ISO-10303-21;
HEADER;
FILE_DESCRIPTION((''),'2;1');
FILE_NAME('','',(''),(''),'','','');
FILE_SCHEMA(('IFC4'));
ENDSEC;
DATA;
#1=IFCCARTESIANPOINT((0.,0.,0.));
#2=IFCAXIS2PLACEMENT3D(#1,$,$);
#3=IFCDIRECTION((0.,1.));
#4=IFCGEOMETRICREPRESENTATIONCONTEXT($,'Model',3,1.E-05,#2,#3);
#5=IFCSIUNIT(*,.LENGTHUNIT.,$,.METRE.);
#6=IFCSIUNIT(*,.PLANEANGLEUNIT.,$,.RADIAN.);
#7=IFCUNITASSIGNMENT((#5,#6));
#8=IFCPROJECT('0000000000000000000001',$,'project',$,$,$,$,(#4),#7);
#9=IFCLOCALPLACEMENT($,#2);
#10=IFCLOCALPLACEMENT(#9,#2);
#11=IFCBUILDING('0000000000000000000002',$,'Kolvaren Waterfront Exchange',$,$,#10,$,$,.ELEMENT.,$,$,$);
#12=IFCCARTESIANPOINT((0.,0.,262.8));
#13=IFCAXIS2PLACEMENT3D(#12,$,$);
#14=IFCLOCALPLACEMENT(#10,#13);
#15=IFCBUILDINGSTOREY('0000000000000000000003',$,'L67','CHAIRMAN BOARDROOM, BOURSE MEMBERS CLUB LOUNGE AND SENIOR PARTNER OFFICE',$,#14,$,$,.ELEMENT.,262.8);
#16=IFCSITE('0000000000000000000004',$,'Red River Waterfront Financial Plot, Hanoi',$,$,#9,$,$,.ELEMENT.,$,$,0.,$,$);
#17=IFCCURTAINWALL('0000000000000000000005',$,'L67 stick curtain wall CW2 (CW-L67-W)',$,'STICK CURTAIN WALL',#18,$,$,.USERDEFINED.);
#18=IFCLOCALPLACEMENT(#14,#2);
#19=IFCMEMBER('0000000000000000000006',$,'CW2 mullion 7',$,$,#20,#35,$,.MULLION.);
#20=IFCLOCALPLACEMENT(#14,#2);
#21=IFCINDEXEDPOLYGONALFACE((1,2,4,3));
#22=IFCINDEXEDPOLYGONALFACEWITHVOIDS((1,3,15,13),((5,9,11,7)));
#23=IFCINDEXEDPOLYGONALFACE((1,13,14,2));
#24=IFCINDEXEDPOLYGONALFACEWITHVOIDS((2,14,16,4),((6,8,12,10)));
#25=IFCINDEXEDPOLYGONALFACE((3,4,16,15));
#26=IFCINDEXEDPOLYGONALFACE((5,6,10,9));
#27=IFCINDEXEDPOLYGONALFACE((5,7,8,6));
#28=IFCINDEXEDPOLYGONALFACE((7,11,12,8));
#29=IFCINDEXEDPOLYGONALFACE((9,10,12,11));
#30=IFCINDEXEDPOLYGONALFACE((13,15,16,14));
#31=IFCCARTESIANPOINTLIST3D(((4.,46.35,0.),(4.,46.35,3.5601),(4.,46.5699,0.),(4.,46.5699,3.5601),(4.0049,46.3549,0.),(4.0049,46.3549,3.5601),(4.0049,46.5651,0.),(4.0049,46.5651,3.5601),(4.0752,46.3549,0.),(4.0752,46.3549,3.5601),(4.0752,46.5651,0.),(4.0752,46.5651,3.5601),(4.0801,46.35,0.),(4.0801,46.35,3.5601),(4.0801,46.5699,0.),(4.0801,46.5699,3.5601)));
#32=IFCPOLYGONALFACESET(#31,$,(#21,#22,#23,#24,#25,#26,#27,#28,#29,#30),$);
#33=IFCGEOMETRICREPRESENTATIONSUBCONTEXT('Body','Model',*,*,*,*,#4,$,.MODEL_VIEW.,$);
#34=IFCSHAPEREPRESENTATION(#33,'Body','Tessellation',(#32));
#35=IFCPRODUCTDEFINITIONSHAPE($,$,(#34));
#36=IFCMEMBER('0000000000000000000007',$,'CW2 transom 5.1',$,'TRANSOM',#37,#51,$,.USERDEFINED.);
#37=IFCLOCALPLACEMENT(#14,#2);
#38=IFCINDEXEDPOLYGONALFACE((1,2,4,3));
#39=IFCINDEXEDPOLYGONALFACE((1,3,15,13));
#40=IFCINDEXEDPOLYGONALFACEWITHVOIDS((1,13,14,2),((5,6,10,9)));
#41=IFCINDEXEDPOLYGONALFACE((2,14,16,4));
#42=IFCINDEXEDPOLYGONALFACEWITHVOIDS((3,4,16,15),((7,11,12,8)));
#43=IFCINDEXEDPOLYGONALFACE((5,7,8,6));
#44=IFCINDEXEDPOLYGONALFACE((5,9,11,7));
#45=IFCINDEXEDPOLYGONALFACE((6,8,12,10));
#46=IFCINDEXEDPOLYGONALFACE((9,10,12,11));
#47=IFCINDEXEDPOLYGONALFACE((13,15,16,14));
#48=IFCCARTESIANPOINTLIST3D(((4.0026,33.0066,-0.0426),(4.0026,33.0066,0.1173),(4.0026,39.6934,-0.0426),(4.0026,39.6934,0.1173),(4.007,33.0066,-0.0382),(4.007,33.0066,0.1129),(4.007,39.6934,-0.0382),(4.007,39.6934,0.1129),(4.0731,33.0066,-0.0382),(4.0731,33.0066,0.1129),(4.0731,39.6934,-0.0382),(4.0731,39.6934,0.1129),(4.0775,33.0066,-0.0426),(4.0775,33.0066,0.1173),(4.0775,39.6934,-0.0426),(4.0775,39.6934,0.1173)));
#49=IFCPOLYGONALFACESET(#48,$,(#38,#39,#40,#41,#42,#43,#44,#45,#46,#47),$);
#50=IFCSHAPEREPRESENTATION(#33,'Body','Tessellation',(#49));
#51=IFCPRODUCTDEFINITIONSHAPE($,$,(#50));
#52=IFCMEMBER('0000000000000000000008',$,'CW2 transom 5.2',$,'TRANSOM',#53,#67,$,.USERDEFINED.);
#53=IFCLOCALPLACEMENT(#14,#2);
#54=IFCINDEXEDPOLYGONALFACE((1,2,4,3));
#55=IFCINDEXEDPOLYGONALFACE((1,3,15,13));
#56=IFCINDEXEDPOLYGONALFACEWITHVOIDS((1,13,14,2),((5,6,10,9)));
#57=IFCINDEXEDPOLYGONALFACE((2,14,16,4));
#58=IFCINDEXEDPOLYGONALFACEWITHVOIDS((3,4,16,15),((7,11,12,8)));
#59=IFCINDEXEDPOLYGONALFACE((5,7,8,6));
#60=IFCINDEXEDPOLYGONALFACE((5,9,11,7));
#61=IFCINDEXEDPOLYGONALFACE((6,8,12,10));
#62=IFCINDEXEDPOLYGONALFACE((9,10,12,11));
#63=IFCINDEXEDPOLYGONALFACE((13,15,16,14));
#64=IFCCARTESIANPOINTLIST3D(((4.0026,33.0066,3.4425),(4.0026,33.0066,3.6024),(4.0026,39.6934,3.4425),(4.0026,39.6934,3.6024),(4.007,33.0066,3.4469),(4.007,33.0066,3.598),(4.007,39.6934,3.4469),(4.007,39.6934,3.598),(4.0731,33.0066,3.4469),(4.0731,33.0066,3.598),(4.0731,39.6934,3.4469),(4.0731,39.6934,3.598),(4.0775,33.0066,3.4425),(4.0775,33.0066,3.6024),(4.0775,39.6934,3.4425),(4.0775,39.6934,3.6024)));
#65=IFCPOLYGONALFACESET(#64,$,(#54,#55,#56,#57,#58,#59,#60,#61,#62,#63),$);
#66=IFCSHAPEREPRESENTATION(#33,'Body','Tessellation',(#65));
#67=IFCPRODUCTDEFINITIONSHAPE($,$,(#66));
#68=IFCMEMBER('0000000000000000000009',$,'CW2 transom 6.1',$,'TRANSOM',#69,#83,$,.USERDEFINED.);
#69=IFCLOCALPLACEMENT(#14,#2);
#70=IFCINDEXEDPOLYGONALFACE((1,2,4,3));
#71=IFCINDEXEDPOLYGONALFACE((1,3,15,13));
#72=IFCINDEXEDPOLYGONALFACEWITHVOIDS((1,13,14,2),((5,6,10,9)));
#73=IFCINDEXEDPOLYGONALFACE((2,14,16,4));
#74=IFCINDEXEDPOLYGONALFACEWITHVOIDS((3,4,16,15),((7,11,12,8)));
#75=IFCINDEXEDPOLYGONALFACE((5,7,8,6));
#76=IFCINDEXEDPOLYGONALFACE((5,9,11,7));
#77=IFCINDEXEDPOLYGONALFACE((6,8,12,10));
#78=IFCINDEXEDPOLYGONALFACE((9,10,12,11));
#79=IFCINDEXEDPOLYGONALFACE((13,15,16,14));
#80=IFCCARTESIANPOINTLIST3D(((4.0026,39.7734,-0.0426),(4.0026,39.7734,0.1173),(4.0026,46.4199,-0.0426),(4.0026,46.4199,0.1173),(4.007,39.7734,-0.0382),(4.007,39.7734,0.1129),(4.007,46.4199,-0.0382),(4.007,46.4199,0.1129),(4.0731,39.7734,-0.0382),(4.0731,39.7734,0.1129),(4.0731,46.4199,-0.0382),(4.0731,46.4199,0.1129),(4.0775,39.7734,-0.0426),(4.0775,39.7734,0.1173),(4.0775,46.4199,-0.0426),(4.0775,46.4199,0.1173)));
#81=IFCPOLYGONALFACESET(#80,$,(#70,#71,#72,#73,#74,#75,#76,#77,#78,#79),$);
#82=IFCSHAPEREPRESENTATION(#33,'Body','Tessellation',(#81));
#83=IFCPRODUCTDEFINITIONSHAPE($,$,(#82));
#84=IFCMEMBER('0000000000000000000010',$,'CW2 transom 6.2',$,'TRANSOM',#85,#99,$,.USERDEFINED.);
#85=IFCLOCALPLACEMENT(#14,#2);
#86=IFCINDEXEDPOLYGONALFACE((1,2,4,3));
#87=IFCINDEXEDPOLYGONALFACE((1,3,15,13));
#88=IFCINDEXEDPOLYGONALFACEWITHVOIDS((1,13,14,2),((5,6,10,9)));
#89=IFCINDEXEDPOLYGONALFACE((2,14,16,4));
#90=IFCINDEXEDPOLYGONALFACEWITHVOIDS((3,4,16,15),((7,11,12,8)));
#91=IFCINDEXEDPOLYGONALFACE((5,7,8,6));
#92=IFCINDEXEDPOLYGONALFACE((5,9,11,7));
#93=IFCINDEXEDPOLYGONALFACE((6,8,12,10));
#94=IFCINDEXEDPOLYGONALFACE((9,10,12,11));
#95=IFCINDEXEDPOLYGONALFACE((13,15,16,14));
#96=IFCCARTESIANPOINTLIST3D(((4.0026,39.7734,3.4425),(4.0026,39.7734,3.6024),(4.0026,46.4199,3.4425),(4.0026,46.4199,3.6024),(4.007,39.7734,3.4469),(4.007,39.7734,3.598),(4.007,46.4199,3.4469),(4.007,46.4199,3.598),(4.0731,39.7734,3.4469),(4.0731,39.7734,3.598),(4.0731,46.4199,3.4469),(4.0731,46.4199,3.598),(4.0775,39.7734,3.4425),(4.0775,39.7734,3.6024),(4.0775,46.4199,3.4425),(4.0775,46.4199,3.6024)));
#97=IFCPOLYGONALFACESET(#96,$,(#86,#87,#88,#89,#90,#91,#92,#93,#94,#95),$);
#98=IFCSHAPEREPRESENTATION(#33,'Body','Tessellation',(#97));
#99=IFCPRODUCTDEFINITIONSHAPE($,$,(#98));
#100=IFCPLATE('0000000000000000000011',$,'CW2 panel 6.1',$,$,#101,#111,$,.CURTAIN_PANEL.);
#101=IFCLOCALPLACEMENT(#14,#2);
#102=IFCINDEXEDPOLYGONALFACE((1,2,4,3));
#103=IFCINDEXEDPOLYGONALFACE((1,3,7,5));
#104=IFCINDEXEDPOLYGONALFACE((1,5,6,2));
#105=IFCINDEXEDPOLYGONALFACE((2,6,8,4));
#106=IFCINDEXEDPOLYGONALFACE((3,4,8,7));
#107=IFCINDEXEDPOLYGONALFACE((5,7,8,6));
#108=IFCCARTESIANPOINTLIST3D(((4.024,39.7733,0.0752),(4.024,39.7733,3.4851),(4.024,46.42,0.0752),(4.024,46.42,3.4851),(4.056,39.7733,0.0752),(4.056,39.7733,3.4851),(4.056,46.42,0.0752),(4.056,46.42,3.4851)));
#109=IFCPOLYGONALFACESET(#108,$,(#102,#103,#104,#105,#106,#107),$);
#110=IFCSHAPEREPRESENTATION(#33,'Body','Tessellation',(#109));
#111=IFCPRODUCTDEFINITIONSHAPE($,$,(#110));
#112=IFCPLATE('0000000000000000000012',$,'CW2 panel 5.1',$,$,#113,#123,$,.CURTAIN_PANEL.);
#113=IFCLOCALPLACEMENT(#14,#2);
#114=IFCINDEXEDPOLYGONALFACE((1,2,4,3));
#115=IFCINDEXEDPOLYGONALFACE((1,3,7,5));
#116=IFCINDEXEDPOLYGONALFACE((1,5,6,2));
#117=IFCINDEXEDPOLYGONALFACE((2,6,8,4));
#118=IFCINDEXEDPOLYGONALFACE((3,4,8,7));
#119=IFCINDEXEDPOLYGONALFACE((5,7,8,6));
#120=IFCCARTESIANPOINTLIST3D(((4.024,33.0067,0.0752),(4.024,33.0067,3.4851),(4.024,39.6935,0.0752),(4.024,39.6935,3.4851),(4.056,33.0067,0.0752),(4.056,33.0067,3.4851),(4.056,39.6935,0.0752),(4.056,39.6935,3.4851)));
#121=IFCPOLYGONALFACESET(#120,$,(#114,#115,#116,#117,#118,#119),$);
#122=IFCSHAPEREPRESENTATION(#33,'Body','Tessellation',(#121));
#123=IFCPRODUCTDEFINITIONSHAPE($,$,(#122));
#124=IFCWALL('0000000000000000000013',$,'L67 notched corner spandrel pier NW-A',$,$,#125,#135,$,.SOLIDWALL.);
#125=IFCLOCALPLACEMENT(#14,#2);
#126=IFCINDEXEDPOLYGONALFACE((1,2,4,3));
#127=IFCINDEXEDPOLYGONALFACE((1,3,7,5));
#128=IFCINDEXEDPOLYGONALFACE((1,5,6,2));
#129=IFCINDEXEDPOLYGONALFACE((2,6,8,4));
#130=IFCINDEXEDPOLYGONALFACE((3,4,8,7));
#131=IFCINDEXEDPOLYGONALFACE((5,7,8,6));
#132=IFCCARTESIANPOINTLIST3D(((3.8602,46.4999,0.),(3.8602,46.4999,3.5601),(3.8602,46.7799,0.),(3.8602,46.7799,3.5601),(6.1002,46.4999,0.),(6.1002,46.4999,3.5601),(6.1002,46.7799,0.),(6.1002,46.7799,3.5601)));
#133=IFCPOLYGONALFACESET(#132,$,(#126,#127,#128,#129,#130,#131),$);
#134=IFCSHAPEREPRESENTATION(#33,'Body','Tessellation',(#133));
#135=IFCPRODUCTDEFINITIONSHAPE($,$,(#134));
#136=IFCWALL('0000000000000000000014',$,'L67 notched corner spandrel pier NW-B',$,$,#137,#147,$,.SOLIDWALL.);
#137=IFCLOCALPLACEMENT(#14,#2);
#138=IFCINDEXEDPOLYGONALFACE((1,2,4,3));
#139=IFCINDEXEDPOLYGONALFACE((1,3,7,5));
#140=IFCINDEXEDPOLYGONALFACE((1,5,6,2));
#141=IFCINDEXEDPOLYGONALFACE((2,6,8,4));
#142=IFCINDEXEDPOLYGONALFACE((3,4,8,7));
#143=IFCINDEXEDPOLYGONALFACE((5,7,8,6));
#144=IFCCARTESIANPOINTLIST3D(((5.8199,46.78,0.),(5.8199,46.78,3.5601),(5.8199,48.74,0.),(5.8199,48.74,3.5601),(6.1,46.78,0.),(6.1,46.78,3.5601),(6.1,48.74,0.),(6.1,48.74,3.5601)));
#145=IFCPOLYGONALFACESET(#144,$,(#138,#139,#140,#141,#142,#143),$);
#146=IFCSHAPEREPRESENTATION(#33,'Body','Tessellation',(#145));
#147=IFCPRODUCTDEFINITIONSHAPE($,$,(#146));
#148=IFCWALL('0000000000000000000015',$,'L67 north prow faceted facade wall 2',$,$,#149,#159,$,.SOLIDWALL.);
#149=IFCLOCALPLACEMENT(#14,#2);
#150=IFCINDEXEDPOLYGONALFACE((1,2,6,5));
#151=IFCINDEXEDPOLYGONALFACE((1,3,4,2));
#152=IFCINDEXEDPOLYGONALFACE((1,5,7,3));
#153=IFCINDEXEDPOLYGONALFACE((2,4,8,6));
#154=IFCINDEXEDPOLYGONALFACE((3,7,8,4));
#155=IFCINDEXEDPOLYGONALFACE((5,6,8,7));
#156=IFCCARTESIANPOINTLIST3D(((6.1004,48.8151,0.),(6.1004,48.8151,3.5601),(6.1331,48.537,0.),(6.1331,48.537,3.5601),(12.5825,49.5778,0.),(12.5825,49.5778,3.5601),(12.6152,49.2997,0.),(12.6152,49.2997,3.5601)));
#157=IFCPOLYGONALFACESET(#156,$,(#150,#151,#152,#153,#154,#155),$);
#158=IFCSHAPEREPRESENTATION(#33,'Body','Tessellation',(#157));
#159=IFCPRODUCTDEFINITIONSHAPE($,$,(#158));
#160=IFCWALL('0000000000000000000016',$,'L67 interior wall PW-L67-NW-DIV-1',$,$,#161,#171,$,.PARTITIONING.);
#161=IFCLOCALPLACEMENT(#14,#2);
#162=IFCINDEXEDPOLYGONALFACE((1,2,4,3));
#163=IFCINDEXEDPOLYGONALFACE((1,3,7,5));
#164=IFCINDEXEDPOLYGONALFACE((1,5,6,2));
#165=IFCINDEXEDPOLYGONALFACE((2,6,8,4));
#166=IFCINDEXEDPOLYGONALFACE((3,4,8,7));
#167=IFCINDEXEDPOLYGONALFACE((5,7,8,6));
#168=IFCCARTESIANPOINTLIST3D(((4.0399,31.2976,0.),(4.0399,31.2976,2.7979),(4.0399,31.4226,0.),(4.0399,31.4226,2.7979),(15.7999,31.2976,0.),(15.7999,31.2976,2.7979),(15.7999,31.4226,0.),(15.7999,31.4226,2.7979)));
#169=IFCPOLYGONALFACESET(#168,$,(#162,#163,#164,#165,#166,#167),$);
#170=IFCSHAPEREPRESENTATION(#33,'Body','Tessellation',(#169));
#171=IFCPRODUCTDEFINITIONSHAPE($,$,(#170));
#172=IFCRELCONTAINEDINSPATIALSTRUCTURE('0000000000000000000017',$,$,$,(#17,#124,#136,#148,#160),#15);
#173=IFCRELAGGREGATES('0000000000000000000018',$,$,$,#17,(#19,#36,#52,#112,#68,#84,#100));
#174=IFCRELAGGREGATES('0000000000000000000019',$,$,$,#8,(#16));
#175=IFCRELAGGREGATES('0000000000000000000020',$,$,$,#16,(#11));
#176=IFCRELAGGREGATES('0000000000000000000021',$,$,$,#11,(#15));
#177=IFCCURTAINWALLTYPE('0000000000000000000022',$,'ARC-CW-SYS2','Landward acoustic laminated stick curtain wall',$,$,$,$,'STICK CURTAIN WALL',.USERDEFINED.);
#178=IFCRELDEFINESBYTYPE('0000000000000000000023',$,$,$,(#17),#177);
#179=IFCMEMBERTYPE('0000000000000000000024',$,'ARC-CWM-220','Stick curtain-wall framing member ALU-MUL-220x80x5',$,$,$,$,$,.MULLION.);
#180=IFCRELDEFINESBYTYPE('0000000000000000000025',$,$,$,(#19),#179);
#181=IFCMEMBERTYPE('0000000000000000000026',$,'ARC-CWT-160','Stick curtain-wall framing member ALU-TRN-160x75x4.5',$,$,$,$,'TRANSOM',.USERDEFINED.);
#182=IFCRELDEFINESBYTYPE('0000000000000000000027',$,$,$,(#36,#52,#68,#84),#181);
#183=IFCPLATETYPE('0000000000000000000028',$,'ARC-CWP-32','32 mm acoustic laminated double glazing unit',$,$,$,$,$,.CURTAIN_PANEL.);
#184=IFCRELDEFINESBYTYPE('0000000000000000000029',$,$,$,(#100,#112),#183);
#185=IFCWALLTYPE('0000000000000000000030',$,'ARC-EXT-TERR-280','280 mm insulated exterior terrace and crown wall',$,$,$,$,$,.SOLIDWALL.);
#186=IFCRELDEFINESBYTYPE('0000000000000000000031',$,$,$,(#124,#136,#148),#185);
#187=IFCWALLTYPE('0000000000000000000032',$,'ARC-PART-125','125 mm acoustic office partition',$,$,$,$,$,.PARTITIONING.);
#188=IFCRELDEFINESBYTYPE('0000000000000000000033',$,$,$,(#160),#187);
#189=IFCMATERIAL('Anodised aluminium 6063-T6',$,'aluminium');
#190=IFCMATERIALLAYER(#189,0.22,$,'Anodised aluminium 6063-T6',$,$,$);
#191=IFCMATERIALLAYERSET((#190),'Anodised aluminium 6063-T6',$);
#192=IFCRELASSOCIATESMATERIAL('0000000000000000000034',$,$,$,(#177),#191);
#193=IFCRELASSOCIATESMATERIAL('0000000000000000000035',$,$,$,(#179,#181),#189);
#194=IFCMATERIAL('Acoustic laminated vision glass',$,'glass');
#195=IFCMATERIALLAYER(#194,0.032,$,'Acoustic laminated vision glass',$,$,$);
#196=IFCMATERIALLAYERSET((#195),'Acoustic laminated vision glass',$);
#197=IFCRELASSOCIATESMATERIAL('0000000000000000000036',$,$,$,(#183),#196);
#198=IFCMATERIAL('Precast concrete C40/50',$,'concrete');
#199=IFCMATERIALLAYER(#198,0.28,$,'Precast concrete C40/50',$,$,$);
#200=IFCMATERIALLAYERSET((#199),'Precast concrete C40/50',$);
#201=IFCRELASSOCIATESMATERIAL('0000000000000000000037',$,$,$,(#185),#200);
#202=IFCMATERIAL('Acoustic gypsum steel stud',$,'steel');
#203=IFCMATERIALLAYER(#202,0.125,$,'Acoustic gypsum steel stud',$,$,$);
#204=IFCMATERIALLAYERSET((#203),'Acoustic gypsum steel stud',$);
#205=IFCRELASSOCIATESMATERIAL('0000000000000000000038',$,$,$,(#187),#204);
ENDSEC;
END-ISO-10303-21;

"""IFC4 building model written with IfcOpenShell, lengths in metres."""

from ifc_helpers import new_model, si_unit, direction, frame, frame_2d, origin, origin_with_axes, origin_2d, place, context, subcontext, project, spatial, rectangle, hollow_rectangle, extrude, source, transform, mapped, material, layer, layer_set, material_profile, profile_set, type_object, element, aggregate, save


model = new_model("IFC4")

# Units and contexts
model_context = context("Model", 3, precision=1e-05, world=origin(), true_north=direction((0.0, 1.0)))
body_context = subcontext(model_context, "Body", "Model", "MODEL_VIEW")
ifc_project = project(units=[si_unit("LENGTHUNIT", "METRE"), si_unit("PLANEANGLEUNIT", "RADIAN")], contexts=[model_context])

# Site, building, storey
site_placement = place(None, origin())
site = spatial("IfcSite", under=ifc_project, at=site_placement, Name="Red River Waterfront Financial Plot, Hanoi", CompositionType="ELEMENT", RefElevation=0.0)
building_placement = place(site_placement, origin())
building = spatial("IfcBuilding", under=site, at=building_placement, Name="Kolvaren Waterfront Exchange", CompositionType="ELEMENT")
storey_placement = place(building_placement, frame((0.0, 0.0, 262.8)))
storey = spatial("IfcBuildingStorey", under=building, at=storey_placement, Name="L67", Description="CHAIRMAN BOARDROOM, BOURSE MEMBERS CLUB LOUNGE AND SENIOR PARTNER OFFICE", CompositionType="ELEMENT", Elevation=262.8)

# Curtain wall, members, plates
ifc_material_1 = material(Name="Anodised aluminium 6063-T6", Category="aluminium")
ifc_layer_1 = layer(ifc_material_1, 0.22, Name="Anodised aluminium 6063-T6")
ifc_layer_set_1 = layer_set([ifc_layer_1], Name="Anodised aluminium 6063-T6")
curtain_wall_type = type_object("IfcCurtainWallType", Name="ARC-CW-SYS2", Description="Landward acoustic laminated stick curtain wall", ElementType="STICK CURTAIN WALL", PredefinedType="USERDEFINED", material=ifc_layer_set_1)
curtain_wall_placement = place(storey_placement, origin())
curtain_wall = element("IfcCurtainWall", 1, at=curtain_wall_placement, inside=storey, type_object=curtain_wall_type, Name="L67 stick curtain wall CW2 (CW-L67-W)", ObjectType="STICK CURTAIN WALL", PredefinedType="USERDEFINED")
ifc_material_profile_1 = material_profile(ifc_material_1, hollow_rectangle(XDim=0.0801, YDim=0.22, WallThickness=0.0049, at=origin_2d()), Name="ALU-MUL-220x80x5")
ifc_profile_set_1 = profile_set([ifc_material_profile_1], Name="Anodised aluminium 6063-T6")
member_type_1 = type_object("IfcMemberType", Name="ARC-CWM-220", Description="Stick curtain-wall framing member ALU-MUL-220x80x5", PredefinedType="MULLION", material=ifc_profile_set_1)
shared_shape_1 = source(origin_with_axes(), body_context, "Body", "SweptSolid", [
    extrude(hollow_rectangle(XDim=0.0801, YDim=0.22, WallThickness=0.0049, at=origin_2d()), origin(), (0.0, 0.0, 1.0), 3.5601),
])
member_1_placement = place(storey_placement, frame((4.04, 46.46, 0.0), z_axis=(0.0, 0.0, 1.0), x_axis=(-1.0, 0.0, 0.0)))
member_1 = element("IfcMember", 2, at=member_1_placement, type_object=member_type_1, Name="CW2 mullion 7", PredefinedType="MULLION", context=body_context, shape_type="MappedRepresentation", body=[
    mapped(shared_shape_1, transform((0.0, 0.0, 0.0), x_axis=(1.0, 0.0, 0.0), y_axis=(0.0, 1.0, 0.0), z_axis=(0.0, 0.0, 1.0), scale=1.0)),
])
ifc_material_profile_2 = material_profile(ifc_material_1, hollow_rectangle(XDim=0.075, YDim=0.1599, WallThickness=0.0044, at=origin_2d()), Name="ALU-TRN-160x75x4.5")
ifc_profile_set_2 = profile_set([ifc_material_profile_2], Name="Anodised aluminium 6063-T6")
member_type_2 = type_object("IfcMemberType", Name="ARC-CWT-160", Description="Stick curtain-wall framing member ALU-TRN-160x75x4.5", ElementType="TRANSOM", PredefinedType="USERDEFINED", material=ifc_profile_set_2)
shared_shape_2 = source(origin_with_axes(), body_context, "Body", "SweptSolid", [
    extrude(hollow_rectangle(XDim=0.075, YDim=0.1599, WallThickness=0.0044, at=origin_2d()), origin(), (0.0, 0.0, 1.0), 6.6868),
])
member_2_placement = place(storey_placement, frame((4.04, 33.0066, 0.0374), z_axis=(0.0, 1.0, 0.0), x_axis=(-1.0, 0.0, 0.0)))
member_2 = element("IfcMember", 3, at=member_2_placement, type_object=member_type_2, Name="CW2 transom 5.1", ObjectType="TRANSOM", PredefinedType="USERDEFINED", context=body_context, shape_type="MappedRepresentation", body=[
    mapped(shared_shape_2, transform((0.0, 0.0, 0.0), x_axis=(1.0, 0.0, 0.0), y_axis=(0.0, 1.0, 0.0), z_axis=(0.0, 0.0, 1.0), scale=1.0)),
])
member_3_placement = place(storey_placement, frame((4.04, 33.0066, 3.5225), z_axis=(0.0, 1.0, 0.0), x_axis=(-1.0, 0.0, 0.0)))
member_3 = element("IfcMember", 4, at=member_3_placement, type_object=member_type_2, Name="CW2 transom 5.2", ObjectType="TRANSOM", PredefinedType="USERDEFINED", context=body_context, shape_type="MappedRepresentation", body=[
    mapped(shared_shape_2, transform((0.0, 0.0, 0.0), x_axis=(1.0, 0.0, 0.0), y_axis=(0.0, 1.0, 0.0), z_axis=(0.0, 0.0, 1.0), scale=1.0)),
])
shared_shape_3 = source(origin_with_axes(), body_context, "Body", "SweptSolid", [
    extrude(hollow_rectangle(XDim=0.075, YDim=0.1599, WallThickness=0.0044, at=origin_2d()), origin(), (0.0, 0.0, 1.0), 6.6465),
])
member_4_placement = place(storey_placement, frame((4.04, 39.7734, 0.0374), z_axis=(0.0, 1.0, 0.0), x_axis=(-1.0, 0.0, 0.0)))
member_4 = element("IfcMember", 5, at=member_4_placement, type_object=member_type_2, Name="CW2 transom 6.1", ObjectType="TRANSOM", PredefinedType="USERDEFINED", context=body_context, shape_type="MappedRepresentation", body=[
    mapped(shared_shape_3, transform((0.0, 0.0, 0.0), x_axis=(1.0, 0.0, 0.0), y_axis=(0.0, 1.0, 0.0), z_axis=(0.0, 0.0, 1.0), scale=1.0)),
])
member_5_placement = place(storey_placement, frame((4.04, 39.7734, 3.5225), z_axis=(0.0, 1.0, 0.0), x_axis=(-1.0, 0.0, 0.0)))
member_5 = element("IfcMember", 6, at=member_5_placement, type_object=member_type_2, Name="CW2 transom 6.2", ObjectType="TRANSOM", PredefinedType="USERDEFINED", context=body_context, shape_type="MappedRepresentation", body=[
    mapped(shared_shape_3, transform((0.0, 0.0, 0.0), x_axis=(1.0, 0.0, 0.0), y_axis=(0.0, 1.0, 0.0), z_axis=(0.0, 0.0, 1.0), scale=1.0)),
])
ifc_material_2 = material(Name="Acoustic laminated vision glass", Category="glass")
ifc_layer_2 = layer(ifc_material_2, 0.032, Name="Acoustic laminated vision glass")
ifc_layer_set_2 = layer_set([ifc_layer_2], Name="Acoustic laminated vision glass")
plate_type = type_object("IfcPlateType", Name="ARC-CWP-32", Description="32 mm acoustic laminated double glazing unit", PredefinedType="CURTAIN_PANEL", material=ifc_layer_set_2)
shared_shape_4 = source(origin_with_axes(), body_context, "Body", "SweptSolid", [
    extrude(rectangle(XDim=6.6467, YDim=0.032, at=origin_2d()), origin(), (0.0, 0.0, 1.0), 3.4099),
])
plate_1_placement = place(storey_placement, frame((4.04, 43.0967, 0.0752), z_axis=(0.0, 0.0, 1.0), x_axis=(0.0, 1.0, 0.0)))
plate_1 = element("IfcPlate", 7, at=plate_1_placement, type_object=plate_type, Name="CW2 panel 6.1", PredefinedType="CURTAIN_PANEL", context=body_context, shape_type="MappedRepresentation", body=[
    mapped(shared_shape_4, transform((0.0, 0.0, 0.0), x_axis=(1.0, 0.0, 0.0), y_axis=(0.0, 1.0, 0.0), z_axis=(0.0, 0.0, 1.0), scale=1.0)),
])
shared_shape_5 = source(origin_with_axes(), body_context, "Body", "SweptSolid", [
    extrude(rectangle(XDim=6.6868, YDim=0.032, at=origin_2d()), origin(), (0.0, 0.0, 1.0), 3.4099),
])
plate_2_placement = place(storey_placement, frame((4.04, 36.3501, 0.0752), z_axis=(0.0, 0.0, 1.0), x_axis=(0.0, 1.0, 0.0)))
plate_2 = element("IfcPlate", 8, at=plate_2_placement, type_object=plate_type, Name="CW2 panel 5.1", PredefinedType="CURTAIN_PANEL", context=body_context, shape_type="MappedRepresentation", body=[
    mapped(shared_shape_5, transform((0.0, 0.0, 0.0), x_axis=(1.0, 0.0, 0.0), y_axis=(0.0, 1.0, 0.0), z_axis=(0.0, 0.0, 1.0), scale=1.0)),
])
aggregate(curtain_wall, [member_1, member_2, member_3, plate_2, member_4, member_5, plate_1])

# Walls
ifc_material_3 = material(Name="Precast concrete C40/50", Category="concrete")
ifc_layer_3 = layer(ifc_material_3, 0.28, Name="Precast concrete C40/50")
ifc_layer_set_3 = layer_set([ifc_layer_3], Name="Precast concrete C40/50")
wall_type_1 = type_object("IfcWallType", Name="ARC-EXT-TERR-280", Description="280 mm insulated exterior terrace and crown wall", PredefinedType="SOLIDWALL", material=ifc_layer_set_3)
wall_1_placement = place(storey_placement, frame((3.8601, 46.6399, 0.0), z_axis=(0.0, 0.0, 1.0), x_axis=(1.0, 0.0, 0.0)))
element("IfcWall", 9, at=wall_1_placement, inside=storey, type_object=wall_type_1, Name="L67 notched corner spandrel pier NW-A", PredefinedType="SOLIDWALL", context=body_context, shape_type="SweptSolid", body=[
    extrude(rectangle(XDim=2.24, YDim=0.28, at=frame_2d((1.1201, 0.0))), origin(), (0.0, 0.0, 1.0), 3.5601),
])
wall_2_placement = place(storey_placement, frame((5.96, 46.78, 0.0), z_axis=(0.0, 0.0, 1.0), x_axis=(0.0, 1.0, 0.0)))
element("IfcWall", 10, at=wall_2_placement, inside=storey, type_object=wall_type_1, Name="L67 notched corner spandrel pier NW-B", PredefinedType="SOLIDWALL", context=body_context, shape_type="SweptSolid", body=[
    extrude(rectangle(XDim=1.96, YDim=0.28, at=frame_2d((0.98, 0.0))), origin(), (0.0, 0.0, 1.0), 3.5601),
])
wall_3_placement = place(storey_placement, frame((12.5989, 49.4387, 0.0), z_axis=(0.0, 0.0, 1.0), x_axis=(-0.993149, -0.116854, 0.0)))
element("IfcWall", 11, at=wall_3_placement, inside=storey, type_object=wall_type_1, Name="L67 north prow faceted facade wall 2", PredefinedType="SOLIDWALL", context=body_context, shape_type="SweptSolid", body=[
    extrude(rectangle(XDim=6.5269, YDim=0.28, at=frame_2d((3.2634, 0.0))), origin(), (0.0, 0.0, 1.0), 3.5601),
])
ifc_material_4 = material(Name="Acoustic gypsum steel stud", Category="steel")
ifc_layer_4 = layer(ifc_material_4, 0.125, Name="Acoustic gypsum steel stud")
ifc_layer_set_4 = layer_set([ifc_layer_4], Name="Acoustic gypsum steel stud")
wall_type_2 = type_object("IfcWallType", Name="ARC-PART-125", Description="125 mm acoustic office partition", PredefinedType="PARTITIONING", material=ifc_layer_set_4)
for number, where, z_axis, x_axis, name in (
    (12, (4.04, 31.3601, 0.0), (0.0, 0.0, 1.0), (1.0, 0.0, 0.0), "L67 interior wall PW-L67-NW-DIV-1"),
):
    element("IfcWall", number, at=place(storey_placement, frame(where, z_axis=z_axis, x_axis=x_axis)), inside=storey, type_object=wall_type_2, Name=name, PredefinedType="PARTITIONING", context=body_context, shape_type="SweptSolid", body=[
        extrude(rectangle(XDim=11.76, YDim=0.125, at=frame_2d((5.8799, 0.0))), origin(), (0.0, 0.0, 1.0), 2.7979),
    ])

save(model, "model.ifc")
